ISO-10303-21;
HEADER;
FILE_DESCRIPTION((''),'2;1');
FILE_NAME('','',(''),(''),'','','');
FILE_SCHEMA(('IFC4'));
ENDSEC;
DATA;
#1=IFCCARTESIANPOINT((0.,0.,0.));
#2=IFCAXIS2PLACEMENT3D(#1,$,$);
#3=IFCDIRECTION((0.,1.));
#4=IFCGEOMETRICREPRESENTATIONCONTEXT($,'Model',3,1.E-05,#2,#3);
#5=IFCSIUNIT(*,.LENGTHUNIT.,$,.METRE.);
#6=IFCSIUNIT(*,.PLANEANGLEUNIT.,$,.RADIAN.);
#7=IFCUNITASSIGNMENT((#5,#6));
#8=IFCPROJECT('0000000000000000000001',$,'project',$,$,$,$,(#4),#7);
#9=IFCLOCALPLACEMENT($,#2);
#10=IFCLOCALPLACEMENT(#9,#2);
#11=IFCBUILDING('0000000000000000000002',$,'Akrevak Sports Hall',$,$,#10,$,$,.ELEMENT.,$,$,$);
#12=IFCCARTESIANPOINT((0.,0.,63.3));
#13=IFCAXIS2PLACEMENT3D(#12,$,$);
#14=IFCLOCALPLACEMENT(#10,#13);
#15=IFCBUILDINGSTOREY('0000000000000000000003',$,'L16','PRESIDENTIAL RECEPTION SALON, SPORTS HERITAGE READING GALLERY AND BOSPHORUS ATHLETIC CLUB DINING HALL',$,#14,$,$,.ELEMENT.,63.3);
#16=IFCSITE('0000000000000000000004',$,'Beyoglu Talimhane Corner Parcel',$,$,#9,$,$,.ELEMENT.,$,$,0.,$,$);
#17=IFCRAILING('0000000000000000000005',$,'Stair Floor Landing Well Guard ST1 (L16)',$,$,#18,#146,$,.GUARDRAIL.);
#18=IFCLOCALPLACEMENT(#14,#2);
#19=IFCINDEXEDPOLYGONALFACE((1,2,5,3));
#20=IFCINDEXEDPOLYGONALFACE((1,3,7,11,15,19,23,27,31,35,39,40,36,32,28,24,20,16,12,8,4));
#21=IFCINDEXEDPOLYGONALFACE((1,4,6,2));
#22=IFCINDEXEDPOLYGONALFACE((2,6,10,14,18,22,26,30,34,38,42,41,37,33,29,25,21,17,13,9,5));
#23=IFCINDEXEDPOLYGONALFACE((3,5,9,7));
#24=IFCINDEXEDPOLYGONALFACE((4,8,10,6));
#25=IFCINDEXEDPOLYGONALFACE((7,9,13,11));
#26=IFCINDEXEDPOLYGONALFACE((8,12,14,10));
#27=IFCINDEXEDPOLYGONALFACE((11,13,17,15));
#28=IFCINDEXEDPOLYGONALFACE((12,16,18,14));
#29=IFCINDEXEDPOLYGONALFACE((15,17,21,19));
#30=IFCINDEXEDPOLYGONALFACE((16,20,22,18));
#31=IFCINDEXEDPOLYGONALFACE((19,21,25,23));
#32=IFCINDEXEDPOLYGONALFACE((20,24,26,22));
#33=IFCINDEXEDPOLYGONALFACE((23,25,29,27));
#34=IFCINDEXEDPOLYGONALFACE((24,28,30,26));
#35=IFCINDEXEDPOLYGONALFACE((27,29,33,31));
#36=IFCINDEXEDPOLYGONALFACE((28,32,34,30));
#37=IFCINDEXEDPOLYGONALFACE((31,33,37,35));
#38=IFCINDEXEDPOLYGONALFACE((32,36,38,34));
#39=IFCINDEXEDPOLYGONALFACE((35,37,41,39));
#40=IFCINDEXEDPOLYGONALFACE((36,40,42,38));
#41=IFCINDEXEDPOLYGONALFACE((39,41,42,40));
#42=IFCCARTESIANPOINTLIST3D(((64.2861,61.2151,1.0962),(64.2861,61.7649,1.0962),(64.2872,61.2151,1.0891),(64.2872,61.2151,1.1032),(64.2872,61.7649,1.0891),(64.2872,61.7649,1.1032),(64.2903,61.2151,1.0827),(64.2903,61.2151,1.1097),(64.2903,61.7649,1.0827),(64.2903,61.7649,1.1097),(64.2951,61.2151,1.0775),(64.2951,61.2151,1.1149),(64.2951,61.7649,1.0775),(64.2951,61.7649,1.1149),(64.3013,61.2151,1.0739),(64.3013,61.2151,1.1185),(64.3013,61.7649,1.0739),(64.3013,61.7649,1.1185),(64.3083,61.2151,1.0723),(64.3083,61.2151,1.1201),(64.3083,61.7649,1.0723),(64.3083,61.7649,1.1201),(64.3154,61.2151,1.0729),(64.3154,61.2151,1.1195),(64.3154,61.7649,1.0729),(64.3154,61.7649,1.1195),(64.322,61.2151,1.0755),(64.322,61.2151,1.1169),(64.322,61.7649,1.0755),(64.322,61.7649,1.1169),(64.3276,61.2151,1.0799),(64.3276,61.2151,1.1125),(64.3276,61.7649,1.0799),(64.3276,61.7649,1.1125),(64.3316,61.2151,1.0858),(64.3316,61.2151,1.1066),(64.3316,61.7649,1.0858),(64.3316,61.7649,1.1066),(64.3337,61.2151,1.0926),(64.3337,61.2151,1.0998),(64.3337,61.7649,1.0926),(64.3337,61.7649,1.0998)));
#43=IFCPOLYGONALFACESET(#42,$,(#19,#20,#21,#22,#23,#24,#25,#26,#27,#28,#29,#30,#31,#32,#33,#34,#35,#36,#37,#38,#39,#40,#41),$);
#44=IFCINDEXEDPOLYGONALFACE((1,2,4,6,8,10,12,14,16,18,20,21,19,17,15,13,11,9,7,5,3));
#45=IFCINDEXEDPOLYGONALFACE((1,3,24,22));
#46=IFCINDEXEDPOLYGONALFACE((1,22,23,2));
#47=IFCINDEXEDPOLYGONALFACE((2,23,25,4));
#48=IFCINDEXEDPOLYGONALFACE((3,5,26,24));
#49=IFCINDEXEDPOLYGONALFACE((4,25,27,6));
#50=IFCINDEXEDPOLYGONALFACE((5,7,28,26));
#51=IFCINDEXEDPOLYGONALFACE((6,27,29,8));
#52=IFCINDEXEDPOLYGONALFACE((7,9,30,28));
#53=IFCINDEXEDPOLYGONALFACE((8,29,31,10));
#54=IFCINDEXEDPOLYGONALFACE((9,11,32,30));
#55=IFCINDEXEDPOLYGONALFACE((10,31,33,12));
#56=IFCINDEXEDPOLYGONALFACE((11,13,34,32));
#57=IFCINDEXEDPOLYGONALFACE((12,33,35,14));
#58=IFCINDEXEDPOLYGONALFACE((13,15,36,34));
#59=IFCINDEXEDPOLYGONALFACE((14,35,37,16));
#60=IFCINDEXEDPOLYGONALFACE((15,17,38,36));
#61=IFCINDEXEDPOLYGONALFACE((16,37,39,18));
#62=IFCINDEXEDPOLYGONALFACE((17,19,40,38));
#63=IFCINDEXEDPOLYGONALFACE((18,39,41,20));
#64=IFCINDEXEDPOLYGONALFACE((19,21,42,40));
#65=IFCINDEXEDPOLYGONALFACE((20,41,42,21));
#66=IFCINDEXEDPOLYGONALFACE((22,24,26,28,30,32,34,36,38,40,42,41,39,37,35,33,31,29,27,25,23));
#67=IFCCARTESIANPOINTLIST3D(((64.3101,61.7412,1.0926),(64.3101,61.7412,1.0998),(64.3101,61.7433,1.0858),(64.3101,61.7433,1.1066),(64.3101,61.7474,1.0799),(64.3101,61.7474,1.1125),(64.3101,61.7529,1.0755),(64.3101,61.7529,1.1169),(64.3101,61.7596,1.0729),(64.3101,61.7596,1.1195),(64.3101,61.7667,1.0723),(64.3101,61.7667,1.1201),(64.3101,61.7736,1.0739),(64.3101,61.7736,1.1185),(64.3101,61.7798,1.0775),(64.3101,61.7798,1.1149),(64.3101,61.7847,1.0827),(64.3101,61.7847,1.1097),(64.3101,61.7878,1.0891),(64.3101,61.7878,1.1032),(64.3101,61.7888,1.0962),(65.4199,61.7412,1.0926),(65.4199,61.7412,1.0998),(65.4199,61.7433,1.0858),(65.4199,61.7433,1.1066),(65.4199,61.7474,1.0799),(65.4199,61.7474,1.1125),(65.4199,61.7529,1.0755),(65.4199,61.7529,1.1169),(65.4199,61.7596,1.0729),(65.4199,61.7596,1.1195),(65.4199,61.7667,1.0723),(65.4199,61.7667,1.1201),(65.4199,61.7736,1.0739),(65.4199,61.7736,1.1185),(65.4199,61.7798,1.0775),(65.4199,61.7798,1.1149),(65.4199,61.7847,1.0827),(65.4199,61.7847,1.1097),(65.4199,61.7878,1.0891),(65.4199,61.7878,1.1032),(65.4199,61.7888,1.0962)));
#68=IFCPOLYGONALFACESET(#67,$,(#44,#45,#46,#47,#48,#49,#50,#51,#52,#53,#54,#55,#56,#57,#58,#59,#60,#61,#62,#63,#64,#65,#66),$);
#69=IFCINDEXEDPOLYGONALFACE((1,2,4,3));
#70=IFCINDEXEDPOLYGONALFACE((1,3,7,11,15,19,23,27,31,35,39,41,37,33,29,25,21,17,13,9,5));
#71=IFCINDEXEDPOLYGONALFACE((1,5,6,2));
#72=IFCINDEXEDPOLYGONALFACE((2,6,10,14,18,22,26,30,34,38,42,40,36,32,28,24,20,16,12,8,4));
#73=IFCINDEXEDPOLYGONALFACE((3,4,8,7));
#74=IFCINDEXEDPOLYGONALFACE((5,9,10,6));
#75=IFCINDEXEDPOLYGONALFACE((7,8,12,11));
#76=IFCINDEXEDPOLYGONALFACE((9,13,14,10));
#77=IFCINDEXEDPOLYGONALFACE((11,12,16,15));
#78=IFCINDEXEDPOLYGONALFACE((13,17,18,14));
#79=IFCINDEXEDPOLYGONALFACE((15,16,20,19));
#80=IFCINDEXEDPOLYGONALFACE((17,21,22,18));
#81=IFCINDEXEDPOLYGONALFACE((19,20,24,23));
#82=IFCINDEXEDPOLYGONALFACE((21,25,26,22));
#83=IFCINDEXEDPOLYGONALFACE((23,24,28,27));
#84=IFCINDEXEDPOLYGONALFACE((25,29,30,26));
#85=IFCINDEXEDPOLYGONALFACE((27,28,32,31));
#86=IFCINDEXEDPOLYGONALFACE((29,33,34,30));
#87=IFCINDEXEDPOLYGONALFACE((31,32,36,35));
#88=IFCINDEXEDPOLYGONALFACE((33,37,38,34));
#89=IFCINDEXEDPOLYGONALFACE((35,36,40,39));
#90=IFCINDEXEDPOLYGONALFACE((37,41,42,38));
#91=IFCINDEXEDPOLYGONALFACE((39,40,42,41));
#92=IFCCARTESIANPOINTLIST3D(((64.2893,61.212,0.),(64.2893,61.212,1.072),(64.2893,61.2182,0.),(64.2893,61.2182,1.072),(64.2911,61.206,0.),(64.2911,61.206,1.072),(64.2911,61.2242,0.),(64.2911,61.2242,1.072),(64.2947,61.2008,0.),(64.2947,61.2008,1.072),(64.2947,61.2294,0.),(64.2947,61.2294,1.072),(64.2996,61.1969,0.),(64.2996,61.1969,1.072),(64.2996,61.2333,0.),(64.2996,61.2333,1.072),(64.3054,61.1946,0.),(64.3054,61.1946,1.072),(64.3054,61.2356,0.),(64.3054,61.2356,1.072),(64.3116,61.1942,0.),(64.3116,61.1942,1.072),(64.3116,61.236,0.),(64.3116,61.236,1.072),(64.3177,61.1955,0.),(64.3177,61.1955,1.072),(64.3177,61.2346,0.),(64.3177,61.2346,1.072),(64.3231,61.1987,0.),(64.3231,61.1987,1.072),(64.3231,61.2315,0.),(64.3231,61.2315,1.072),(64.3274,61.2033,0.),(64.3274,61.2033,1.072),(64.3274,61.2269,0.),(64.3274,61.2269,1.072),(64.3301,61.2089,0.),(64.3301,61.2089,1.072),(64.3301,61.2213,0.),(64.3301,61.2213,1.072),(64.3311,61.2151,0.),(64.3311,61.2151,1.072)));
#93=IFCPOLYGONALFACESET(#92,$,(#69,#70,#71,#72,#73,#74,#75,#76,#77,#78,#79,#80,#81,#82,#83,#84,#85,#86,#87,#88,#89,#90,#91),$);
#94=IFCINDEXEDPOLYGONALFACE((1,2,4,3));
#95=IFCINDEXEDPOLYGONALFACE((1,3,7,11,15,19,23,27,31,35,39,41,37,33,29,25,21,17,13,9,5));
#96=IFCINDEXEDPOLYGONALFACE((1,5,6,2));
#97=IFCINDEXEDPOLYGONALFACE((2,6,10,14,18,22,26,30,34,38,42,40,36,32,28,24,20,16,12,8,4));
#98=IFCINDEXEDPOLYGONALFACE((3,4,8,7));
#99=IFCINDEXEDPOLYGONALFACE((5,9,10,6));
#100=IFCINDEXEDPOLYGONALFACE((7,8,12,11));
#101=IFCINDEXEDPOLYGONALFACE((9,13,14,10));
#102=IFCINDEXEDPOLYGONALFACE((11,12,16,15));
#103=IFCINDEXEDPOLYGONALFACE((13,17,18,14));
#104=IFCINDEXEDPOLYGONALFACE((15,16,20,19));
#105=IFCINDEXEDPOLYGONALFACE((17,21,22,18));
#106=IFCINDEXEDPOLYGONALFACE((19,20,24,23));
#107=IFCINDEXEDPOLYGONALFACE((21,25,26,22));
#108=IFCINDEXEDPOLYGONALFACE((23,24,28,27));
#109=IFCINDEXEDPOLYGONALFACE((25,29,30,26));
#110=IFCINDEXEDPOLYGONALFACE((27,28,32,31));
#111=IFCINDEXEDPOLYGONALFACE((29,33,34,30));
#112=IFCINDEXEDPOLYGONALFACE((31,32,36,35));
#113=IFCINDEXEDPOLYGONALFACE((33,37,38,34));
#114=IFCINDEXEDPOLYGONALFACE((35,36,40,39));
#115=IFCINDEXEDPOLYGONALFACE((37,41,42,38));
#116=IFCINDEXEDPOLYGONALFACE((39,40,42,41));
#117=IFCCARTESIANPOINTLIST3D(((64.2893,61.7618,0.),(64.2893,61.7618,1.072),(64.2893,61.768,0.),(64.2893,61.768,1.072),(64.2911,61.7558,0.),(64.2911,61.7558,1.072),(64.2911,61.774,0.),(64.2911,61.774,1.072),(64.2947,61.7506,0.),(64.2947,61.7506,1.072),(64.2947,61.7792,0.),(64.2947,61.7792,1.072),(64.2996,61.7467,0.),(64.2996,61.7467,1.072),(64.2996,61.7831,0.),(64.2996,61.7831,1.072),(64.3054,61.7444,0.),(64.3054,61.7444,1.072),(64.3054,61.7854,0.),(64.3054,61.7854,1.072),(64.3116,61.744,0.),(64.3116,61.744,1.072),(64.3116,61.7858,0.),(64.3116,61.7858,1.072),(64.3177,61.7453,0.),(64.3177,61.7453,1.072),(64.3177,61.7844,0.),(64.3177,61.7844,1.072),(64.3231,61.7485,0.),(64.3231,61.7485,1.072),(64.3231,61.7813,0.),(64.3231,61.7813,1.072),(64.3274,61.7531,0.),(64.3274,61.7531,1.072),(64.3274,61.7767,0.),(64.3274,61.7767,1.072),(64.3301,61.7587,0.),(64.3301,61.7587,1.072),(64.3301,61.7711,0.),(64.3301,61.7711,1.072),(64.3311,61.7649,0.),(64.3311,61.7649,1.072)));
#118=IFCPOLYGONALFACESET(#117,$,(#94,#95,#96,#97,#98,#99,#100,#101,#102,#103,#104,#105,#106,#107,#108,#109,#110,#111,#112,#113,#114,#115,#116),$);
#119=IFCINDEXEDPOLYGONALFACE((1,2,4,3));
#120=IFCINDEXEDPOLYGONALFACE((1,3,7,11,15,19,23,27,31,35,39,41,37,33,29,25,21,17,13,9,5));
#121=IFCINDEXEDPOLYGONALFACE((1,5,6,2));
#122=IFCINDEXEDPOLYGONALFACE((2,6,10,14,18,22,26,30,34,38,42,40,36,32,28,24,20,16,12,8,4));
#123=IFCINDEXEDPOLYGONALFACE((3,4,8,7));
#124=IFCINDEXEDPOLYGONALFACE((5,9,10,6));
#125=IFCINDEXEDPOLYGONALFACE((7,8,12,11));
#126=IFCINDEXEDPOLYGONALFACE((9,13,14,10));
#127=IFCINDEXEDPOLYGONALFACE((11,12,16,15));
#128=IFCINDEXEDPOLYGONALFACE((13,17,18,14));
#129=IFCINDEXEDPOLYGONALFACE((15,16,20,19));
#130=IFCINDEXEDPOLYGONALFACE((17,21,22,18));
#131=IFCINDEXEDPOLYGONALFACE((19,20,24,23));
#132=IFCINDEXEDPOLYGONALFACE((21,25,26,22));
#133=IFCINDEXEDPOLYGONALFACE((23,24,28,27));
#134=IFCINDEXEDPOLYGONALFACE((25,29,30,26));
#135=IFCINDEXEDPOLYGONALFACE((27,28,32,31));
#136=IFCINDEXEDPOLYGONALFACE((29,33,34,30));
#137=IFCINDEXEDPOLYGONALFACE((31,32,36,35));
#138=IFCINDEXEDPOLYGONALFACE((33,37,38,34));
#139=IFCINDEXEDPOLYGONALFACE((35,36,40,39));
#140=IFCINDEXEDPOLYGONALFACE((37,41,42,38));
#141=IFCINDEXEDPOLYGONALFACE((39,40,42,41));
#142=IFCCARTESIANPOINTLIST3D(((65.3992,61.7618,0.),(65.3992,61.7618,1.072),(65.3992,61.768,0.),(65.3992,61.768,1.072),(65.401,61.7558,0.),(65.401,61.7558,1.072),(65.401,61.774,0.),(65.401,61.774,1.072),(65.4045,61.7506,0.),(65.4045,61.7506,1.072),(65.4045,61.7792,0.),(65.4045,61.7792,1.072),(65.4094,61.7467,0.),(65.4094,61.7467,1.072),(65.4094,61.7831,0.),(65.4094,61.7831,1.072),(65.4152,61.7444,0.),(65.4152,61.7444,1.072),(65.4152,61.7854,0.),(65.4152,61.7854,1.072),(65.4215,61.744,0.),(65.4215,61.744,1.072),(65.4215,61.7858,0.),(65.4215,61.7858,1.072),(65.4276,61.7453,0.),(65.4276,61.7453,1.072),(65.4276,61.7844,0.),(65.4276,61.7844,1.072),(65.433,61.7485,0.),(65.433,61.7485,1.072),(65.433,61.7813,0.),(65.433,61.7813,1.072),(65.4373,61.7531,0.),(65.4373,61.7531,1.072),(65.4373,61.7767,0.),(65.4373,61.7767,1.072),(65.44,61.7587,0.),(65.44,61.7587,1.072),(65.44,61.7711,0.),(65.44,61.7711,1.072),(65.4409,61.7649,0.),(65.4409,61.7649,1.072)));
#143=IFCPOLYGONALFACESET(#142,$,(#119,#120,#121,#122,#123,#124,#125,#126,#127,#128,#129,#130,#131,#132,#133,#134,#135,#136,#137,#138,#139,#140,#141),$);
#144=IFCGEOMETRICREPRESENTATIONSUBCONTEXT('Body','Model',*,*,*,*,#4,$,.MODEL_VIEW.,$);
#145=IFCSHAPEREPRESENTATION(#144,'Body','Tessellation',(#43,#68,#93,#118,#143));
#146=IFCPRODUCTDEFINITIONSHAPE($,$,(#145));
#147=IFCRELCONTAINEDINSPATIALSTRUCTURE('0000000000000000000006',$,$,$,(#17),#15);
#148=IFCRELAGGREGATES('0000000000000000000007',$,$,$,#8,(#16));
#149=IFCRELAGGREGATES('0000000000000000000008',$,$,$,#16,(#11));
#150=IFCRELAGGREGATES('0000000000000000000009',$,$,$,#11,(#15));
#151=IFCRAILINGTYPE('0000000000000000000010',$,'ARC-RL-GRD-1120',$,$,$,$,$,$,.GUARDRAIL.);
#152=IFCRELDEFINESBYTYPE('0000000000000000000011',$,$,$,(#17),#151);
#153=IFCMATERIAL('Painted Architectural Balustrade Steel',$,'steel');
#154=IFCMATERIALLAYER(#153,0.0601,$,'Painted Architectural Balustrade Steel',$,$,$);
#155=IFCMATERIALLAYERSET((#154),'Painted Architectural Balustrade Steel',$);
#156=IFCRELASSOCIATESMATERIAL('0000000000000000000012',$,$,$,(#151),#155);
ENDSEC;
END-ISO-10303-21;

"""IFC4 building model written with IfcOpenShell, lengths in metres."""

from ifc_helpers import new_model, si_unit, direction, frame, origin, origin_2d, place, context, subcontext, project, spatial, circle, extrude, material, layer, layer_set, type_object, element, save


model = new_model("IFC4")

# Units and contexts
model_context = context("Model", 3, precision=1e-05, world=origin(), true_north=direction((0.0, 1.0)))
body_context = subcontext(model_context, "Body", "Model", "MODEL_VIEW")
ifc_project = project(units=[si_unit("LENGTHUNIT", "METRE"), si_unit("PLANEANGLEUNIT", "RADIAN")], contexts=[model_context])

# Site, building, storey
site_placement = place(None, origin())
site = spatial("IfcSite", under=ifc_project, at=site_placement, Name="Beyoglu Talimhane Corner Parcel", CompositionType="ELEMENT", RefElevation=0.0)
building_placement = place(site_placement, origin())
building = spatial("IfcBuilding", under=site, at=building_placement, Name="Akrevak Sports Hall", CompositionType="ELEMENT")
storey_placement = place(building_placement, frame((0.0, 0.0, 63.3)))
storey = spatial("IfcBuildingStorey", under=building, at=storey_placement, Name="L16", Description="PRESIDENTIAL RECEPTION SALON, SPORTS HERITAGE READING GALLERY AND BOSPHORUS ATHLETIC CLUB DINING HALL", CompositionType="ELEMENT", Elevation=63.3)

# Railing
ifc_material_1 = material(Name="Painted Architectural Balustrade Steel", Category="steel")
ifc_layer_1 = layer(ifc_material_1, 0.0601, Name="Painted Architectural Balustrade Steel")
ifc_layer_set_1 = layer_set([ifc_layer_1], Name="Painted Architectural Balustrade Steel")
railing_type_1 = type_object("IfcRailingType", Name="ARC-RL-GRD-1120", PredefinedType="GUARDRAIL", material=ifc_layer_set_1)
railing_1_placement = place(storey_placement, frame((64.3101, 61.2151, 0.0)))
element("IfcRailing", 1, at=railing_1_placement, inside=storey, type_object=railing_type_1, Name="Stair Floor Landing Well Guard ST1 (L16)", PredefinedType="GUARDRAIL", context=body_context, shape_type="SweptSolid", body=[
    extrude(circle(Radius=0.0239, at=origin_2d()), frame((0.0, 0.0, 1.0962), z_axis=(0.0, 1.0, 0.0), x_axis=(-1.0, 0.0, 0.0)), (0.0, 0.0, 1.0), 0.5498),
    extrude(circle(Radius=0.0239, at=origin_2d()), frame((0.0, 0.5498, 1.0962), z_axis=(1.0, 0.0, 0.0), x_axis=(0.0, 1.0, 0.0)), (0.0, 0.0, 1.0), 1.1099),
    extrude(circle(Radius=0.021, at=origin_2d()), origin(), (0.0, 0.0, 1.0), 1.072),
    extrude(circle(Radius=0.021, at=origin_2d()), frame((0.0, 0.5498, 0.0)), (0.0, 0.0, 1.0), 1.072),
    extrude(circle(Radius=0.021, at=origin_2d()), frame((1.1099, 0.5498, 0.0)), (0.0, 0.0, 1.0), 1.072),
])

save(model, "model.ifc")
